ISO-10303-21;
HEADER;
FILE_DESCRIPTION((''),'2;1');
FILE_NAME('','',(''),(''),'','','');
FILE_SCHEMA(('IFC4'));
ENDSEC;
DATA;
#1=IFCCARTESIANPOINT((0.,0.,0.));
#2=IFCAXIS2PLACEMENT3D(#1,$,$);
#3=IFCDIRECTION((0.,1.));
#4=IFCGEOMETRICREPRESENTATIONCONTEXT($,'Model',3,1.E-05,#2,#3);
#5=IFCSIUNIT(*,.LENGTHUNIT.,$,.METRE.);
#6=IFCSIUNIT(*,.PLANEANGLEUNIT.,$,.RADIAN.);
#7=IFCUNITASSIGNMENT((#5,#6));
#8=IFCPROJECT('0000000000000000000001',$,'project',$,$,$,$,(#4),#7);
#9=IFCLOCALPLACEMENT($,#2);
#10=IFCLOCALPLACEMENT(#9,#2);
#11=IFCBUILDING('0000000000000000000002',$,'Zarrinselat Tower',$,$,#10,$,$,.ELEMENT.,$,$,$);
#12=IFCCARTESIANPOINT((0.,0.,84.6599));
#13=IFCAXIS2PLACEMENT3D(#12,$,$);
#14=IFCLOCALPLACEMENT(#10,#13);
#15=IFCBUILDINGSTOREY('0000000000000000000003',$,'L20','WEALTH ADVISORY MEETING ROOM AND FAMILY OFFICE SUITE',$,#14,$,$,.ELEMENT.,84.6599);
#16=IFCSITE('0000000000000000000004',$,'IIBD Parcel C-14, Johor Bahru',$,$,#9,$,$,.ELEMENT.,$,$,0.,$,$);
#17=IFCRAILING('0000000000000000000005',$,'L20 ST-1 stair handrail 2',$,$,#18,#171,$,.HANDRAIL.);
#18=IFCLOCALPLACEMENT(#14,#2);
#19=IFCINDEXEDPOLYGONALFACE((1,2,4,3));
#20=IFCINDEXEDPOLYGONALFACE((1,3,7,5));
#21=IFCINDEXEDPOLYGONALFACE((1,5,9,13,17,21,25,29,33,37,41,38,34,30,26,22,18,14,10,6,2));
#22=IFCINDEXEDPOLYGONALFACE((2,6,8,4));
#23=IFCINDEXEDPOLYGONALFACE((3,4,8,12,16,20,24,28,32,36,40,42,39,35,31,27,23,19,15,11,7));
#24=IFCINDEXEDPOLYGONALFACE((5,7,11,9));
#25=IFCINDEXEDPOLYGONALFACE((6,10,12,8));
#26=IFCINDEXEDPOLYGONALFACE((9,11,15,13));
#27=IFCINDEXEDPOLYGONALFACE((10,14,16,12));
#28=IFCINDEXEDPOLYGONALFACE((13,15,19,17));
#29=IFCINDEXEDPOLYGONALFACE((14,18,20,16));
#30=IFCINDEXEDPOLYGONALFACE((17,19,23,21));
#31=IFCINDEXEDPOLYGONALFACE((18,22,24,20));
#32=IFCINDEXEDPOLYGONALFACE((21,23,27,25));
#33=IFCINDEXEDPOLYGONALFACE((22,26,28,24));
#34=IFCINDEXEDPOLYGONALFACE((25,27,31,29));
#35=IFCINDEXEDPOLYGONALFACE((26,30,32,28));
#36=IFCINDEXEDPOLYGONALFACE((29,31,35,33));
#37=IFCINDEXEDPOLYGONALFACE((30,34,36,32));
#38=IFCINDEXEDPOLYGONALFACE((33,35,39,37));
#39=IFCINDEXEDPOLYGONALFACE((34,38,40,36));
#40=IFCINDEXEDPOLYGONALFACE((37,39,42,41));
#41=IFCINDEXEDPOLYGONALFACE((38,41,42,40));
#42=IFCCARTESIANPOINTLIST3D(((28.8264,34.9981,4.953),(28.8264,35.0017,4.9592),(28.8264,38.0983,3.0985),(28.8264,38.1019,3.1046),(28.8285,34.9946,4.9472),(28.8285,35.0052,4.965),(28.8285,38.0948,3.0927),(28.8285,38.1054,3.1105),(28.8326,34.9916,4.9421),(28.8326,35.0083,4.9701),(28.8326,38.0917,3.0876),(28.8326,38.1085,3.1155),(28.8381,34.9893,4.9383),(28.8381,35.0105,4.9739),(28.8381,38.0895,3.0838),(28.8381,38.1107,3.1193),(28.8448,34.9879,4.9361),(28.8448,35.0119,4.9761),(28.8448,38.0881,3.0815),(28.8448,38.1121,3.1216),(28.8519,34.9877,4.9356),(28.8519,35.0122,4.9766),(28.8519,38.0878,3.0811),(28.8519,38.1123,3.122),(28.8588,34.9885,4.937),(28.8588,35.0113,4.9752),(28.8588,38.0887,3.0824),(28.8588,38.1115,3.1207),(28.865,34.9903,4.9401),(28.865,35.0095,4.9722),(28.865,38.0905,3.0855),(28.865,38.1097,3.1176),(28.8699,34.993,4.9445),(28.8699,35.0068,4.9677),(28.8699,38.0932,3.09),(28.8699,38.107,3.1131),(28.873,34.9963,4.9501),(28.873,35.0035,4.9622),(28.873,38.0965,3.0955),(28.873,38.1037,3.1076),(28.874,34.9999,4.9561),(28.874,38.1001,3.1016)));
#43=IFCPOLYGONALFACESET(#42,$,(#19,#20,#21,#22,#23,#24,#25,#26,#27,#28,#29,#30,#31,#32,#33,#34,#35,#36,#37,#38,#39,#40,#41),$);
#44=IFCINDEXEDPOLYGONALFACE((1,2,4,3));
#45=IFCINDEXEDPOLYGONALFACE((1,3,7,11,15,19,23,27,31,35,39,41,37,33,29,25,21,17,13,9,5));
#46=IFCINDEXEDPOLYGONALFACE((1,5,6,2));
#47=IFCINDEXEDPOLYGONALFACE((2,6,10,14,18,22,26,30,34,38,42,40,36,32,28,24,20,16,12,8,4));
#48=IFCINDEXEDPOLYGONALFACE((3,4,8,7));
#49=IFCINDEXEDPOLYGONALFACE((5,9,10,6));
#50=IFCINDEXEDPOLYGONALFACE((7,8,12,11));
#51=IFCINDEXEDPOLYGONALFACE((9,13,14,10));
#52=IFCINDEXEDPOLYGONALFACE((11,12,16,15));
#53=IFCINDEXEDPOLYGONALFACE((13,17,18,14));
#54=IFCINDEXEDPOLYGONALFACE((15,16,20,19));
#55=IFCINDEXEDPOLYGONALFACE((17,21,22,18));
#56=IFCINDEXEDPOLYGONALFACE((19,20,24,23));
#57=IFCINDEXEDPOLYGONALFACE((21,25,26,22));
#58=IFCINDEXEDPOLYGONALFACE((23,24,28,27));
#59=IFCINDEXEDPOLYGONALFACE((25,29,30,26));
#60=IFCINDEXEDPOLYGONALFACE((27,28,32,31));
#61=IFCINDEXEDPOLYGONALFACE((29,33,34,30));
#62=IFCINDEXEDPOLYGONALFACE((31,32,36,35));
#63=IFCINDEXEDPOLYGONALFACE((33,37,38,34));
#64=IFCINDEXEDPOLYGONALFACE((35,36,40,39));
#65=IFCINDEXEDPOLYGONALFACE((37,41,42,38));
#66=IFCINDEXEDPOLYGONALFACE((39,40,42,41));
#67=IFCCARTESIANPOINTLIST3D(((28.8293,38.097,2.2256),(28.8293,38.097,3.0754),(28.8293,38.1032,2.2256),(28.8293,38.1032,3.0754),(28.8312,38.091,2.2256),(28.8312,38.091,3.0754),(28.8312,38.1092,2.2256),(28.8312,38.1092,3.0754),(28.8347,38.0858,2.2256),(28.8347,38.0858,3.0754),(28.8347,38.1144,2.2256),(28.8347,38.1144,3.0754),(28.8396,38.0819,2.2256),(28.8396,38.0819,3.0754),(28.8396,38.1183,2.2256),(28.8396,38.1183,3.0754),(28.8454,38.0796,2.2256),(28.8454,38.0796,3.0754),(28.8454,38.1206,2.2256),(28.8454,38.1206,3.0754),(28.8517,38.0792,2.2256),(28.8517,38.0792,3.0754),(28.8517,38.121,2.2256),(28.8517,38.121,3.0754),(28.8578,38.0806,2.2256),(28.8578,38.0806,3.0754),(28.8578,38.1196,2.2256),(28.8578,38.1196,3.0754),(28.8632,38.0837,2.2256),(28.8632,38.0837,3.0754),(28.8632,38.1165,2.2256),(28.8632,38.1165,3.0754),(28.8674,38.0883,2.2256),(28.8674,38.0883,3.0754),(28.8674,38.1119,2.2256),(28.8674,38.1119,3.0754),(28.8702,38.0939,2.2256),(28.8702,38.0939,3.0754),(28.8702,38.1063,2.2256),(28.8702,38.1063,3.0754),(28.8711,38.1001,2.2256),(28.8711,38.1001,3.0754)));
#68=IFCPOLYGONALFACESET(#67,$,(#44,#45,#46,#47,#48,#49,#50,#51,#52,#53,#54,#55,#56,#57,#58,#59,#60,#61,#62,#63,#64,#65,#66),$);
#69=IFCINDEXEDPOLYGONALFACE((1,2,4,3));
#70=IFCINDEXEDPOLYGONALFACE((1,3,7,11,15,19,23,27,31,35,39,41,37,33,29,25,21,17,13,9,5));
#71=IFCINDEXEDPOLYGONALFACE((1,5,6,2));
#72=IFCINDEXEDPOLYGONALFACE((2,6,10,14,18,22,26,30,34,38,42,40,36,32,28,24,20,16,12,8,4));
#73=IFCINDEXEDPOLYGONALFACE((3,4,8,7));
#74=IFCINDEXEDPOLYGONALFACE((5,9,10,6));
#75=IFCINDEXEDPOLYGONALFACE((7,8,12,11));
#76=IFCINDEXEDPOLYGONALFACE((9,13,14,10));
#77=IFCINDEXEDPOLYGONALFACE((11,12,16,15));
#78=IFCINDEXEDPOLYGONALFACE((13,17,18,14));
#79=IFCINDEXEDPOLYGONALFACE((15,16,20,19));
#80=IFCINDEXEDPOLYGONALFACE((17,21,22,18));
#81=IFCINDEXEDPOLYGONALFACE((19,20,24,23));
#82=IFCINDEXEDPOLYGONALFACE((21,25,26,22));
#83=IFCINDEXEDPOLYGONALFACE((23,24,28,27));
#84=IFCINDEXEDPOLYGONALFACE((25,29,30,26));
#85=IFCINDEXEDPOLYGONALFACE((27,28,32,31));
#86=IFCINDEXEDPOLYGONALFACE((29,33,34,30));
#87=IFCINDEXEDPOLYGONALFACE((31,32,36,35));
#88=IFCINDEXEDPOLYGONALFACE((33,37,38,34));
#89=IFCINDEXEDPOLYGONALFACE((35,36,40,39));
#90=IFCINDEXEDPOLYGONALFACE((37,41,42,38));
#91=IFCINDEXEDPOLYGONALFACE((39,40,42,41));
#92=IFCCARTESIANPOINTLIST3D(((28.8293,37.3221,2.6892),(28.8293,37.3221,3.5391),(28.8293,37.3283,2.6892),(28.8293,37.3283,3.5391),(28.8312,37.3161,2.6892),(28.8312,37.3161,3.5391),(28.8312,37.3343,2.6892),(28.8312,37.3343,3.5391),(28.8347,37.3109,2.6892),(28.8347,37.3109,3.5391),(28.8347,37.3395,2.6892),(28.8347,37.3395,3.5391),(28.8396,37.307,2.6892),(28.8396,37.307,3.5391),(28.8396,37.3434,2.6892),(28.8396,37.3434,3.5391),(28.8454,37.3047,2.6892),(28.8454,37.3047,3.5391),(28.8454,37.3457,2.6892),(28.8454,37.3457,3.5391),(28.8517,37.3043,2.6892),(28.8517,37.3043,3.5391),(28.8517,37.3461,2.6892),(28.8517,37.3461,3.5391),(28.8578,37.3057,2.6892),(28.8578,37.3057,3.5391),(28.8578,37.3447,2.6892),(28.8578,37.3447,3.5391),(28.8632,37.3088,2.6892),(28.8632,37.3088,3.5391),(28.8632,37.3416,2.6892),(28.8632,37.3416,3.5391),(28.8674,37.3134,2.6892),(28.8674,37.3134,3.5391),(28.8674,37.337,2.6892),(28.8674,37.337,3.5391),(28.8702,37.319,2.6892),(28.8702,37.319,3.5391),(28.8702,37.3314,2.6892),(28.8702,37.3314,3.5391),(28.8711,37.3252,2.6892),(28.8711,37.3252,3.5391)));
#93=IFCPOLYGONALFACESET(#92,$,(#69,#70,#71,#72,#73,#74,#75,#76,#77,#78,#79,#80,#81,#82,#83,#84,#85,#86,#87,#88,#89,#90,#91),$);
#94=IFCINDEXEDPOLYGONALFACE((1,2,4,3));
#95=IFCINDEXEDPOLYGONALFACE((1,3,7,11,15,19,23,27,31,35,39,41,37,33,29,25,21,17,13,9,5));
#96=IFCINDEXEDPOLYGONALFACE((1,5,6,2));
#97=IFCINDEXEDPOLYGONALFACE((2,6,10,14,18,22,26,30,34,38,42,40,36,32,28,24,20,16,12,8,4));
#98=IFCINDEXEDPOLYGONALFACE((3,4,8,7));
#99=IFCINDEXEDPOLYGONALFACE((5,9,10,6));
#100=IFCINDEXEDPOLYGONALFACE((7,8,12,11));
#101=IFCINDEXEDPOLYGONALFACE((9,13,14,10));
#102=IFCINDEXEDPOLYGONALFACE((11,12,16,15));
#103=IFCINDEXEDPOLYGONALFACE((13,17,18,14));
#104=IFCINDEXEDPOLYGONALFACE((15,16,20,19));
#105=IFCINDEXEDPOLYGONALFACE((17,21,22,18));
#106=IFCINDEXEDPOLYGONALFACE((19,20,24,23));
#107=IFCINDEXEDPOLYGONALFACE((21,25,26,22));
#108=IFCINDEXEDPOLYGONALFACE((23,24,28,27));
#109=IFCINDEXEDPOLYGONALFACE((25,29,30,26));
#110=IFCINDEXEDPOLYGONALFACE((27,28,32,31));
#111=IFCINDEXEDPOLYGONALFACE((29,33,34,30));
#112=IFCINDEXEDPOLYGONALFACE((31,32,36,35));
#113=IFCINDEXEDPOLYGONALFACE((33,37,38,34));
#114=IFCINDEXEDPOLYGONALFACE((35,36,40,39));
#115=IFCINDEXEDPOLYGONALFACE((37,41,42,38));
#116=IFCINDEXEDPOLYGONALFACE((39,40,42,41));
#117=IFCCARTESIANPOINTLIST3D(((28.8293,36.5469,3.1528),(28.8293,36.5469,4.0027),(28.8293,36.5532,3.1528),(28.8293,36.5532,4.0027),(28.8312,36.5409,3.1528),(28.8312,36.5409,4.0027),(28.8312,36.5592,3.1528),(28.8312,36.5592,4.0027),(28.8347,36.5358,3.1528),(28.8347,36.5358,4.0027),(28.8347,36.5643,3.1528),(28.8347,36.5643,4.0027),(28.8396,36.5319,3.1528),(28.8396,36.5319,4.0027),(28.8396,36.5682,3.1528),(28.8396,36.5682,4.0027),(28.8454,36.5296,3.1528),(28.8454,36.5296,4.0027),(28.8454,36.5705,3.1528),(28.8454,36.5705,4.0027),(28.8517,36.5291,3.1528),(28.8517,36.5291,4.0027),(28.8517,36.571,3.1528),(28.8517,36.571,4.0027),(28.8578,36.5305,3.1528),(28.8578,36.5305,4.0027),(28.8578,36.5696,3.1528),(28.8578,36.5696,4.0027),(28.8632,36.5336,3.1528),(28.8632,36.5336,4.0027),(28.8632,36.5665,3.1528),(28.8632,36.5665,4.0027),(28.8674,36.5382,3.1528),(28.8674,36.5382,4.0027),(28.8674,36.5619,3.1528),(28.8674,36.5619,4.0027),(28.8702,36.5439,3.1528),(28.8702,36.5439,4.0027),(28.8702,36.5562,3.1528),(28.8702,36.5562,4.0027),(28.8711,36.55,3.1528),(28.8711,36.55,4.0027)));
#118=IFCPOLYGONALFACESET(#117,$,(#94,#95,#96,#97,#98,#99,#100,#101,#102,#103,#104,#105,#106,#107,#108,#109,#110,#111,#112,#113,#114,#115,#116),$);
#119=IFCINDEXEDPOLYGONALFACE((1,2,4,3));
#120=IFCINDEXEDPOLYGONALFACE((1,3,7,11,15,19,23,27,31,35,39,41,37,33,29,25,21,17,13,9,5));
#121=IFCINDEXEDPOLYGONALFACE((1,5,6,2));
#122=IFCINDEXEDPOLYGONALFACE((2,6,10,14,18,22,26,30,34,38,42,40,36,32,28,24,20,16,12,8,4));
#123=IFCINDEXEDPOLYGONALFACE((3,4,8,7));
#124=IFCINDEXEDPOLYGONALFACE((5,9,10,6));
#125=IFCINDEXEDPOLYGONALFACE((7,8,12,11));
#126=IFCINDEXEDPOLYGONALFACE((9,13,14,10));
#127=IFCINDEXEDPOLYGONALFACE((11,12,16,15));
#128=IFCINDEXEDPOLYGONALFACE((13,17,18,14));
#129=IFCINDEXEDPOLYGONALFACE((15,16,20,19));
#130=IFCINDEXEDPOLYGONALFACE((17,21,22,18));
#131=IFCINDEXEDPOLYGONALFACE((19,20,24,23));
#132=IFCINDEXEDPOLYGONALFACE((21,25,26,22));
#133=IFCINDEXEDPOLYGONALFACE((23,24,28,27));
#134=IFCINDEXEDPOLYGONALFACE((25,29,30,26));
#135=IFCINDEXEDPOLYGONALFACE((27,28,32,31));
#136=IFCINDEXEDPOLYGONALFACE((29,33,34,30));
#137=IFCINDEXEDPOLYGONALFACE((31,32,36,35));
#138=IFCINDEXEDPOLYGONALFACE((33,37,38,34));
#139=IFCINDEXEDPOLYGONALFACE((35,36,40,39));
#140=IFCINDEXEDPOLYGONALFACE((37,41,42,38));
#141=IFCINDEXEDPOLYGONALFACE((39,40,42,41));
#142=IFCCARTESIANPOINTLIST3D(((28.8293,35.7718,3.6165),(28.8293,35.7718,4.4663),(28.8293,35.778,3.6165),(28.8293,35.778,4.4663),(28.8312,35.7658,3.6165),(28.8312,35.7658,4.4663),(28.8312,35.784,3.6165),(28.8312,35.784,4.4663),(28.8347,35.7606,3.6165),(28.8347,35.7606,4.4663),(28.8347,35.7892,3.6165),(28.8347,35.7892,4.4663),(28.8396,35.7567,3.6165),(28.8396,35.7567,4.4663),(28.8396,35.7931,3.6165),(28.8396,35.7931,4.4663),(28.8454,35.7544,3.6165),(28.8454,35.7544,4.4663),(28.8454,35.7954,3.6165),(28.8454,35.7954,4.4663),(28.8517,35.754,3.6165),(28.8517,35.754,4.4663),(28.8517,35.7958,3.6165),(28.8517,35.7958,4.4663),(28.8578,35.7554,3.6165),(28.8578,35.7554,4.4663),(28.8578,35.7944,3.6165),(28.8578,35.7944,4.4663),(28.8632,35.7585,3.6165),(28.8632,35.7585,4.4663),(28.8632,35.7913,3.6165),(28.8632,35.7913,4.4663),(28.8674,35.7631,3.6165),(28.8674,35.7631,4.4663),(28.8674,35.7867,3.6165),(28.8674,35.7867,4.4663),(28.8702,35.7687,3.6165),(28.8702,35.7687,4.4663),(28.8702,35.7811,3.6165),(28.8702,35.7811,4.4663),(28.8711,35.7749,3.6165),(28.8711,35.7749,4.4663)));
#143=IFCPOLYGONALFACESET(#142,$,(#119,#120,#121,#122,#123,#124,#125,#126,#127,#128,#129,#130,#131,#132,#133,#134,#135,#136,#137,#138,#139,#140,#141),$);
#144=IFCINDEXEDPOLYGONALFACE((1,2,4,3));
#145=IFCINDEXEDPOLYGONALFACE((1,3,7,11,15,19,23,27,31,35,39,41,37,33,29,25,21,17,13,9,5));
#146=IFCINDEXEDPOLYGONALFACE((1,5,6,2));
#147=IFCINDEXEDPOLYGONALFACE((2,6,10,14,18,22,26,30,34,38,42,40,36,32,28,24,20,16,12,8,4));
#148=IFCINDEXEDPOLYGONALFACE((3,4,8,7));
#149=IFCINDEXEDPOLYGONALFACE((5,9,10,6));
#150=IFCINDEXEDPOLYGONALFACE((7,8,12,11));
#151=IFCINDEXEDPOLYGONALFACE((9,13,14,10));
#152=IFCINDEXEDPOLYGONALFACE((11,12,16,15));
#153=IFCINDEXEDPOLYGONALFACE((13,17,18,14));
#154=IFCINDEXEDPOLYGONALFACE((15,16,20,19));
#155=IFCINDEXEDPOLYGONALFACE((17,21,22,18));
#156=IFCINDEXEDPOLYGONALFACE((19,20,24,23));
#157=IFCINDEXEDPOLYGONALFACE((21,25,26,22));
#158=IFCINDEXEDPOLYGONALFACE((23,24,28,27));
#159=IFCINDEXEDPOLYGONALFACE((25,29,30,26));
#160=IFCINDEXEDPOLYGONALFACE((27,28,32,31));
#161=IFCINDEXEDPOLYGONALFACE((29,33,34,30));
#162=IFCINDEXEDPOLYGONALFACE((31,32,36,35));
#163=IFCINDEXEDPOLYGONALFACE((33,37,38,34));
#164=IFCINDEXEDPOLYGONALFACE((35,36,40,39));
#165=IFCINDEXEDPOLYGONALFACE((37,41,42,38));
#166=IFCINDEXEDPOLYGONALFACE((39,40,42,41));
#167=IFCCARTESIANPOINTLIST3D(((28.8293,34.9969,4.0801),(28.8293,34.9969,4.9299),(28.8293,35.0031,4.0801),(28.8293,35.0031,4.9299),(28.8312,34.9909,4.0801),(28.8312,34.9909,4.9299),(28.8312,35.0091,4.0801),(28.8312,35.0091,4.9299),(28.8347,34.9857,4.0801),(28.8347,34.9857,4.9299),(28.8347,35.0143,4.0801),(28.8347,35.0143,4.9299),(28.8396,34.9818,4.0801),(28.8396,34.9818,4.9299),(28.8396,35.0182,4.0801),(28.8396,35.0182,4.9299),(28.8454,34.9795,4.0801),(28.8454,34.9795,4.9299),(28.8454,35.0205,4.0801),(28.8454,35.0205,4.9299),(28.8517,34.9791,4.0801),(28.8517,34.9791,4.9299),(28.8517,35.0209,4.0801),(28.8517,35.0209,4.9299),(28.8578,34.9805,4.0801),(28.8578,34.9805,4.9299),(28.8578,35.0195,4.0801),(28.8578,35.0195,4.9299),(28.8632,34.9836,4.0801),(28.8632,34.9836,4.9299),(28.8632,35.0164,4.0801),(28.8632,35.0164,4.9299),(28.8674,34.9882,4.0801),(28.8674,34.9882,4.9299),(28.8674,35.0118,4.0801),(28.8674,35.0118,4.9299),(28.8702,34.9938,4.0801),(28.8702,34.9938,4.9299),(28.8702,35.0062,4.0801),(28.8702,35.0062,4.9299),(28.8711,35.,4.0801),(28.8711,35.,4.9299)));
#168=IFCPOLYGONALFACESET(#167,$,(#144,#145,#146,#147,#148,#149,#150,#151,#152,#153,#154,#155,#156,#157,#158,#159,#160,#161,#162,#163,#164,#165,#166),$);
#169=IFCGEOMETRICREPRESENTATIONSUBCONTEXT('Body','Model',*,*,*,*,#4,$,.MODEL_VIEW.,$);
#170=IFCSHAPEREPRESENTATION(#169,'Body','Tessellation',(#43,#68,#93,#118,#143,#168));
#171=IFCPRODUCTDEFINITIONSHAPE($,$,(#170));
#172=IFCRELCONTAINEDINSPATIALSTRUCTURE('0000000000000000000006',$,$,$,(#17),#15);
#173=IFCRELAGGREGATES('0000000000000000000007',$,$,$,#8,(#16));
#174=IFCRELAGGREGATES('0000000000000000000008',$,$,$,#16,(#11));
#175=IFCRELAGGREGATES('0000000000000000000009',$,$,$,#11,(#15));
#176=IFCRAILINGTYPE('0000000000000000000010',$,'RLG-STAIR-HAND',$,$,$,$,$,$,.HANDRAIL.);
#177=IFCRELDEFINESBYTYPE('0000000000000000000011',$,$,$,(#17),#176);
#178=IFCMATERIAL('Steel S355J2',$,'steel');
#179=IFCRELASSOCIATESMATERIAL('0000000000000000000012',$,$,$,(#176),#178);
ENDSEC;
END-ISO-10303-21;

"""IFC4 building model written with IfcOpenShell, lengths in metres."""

from ifc_helpers import new_model, si_unit, direction, frame, origin, origin_2d, place, context, subcontext, project, spatial, circle, extrude, material, type_object, element, save


model = new_model("IFC4")

# Units and contexts
model_context = context("Model", 3, precision=1e-05, world=origin(), true_north=direction((0.0, 1.0)))
body_context = subcontext(model_context, "Body", "Model", "MODEL_VIEW")
ifc_project = project(units=[si_unit("LENGTHUNIT", "METRE"), si_unit("PLANEANGLEUNIT", "RADIAN")], contexts=[model_context])

# Site, building, storey
site_placement = place(None, origin())
site = spatial("IfcSite", under=ifc_project, at=site_placement, Name="IIBD Parcel C-14, Johor Bahru", CompositionType="ELEMENT", RefElevation=0.0)
building_placement = place(site_placement, origin())
building = spatial("IfcBuilding", under=site, at=building_placement, Name="Zarrinselat Tower", CompositionType="ELEMENT")
storey_placement = place(building_placement, frame((0.0, 0.0, 84.6599)))
storey = spatial("IfcBuildingStorey", under=building, at=storey_placement, Name="L20", Description="WEALTH ADVISORY MEETING ROOM AND FAMILY OFFICE SUITE", CompositionType="ELEMENT", Elevation=84.6599)

# Railing
ifc_material_1 = material(Name="Steel S355J2", Category="steel")
railing_type_1 = type_object("IfcRailingType", Name="RLG-STAIR-HAND", PredefinedType="HANDRAIL", material=ifc_material_1)
railing_1_placement = place(storey_placement, frame((28.8501, 38.1001, 2.2256)))
element("IfcRailing", 1, at=railing_1_placement, inside=storey, type_object=railing_type_1, Name="L20 ST-1 stair handrail 2", PredefinedType="HANDRAIL", context=body_context, shape_type="SweptSolid", body=[
    extrude(circle(Radius=0.0239, at=origin_2d()), frame((0.0, 0.0, 0.876), z_axis=(0.0, -0.858172, 0.513362), x_axis=(1.0, 0.0, 0.0)), (0.0, 0.0, 1.0), 3.6125),
    extrude(circle(Radius=0.021, at=origin_2d()), origin(), (0.0, 0.0, 1.0), 0.8499),
    extrude(circle(Radius=0.021, at=origin_2d()), frame((0.0, -0.7749, 0.4636)), (0.0, 0.0, 1.0), 0.8499),
    extrude(circle(Radius=0.021, at=origin_2d()), frame((0.0, -1.55, 0.9272)), (0.0, 0.0, 1.0), 0.8499),
    extrude(circle(Radius=0.021, at=origin_2d()), frame((0.0, -2.3252, 1.3909)), (0.0, 0.0, 1.0), 0.8499),
    extrude(circle(Radius=0.021, at=origin_2d()), frame((0.0, -3.1001, 1.8545)), (0.0, 0.0, 1.0), 0.8499),
])

save(model, "model.ifc")
